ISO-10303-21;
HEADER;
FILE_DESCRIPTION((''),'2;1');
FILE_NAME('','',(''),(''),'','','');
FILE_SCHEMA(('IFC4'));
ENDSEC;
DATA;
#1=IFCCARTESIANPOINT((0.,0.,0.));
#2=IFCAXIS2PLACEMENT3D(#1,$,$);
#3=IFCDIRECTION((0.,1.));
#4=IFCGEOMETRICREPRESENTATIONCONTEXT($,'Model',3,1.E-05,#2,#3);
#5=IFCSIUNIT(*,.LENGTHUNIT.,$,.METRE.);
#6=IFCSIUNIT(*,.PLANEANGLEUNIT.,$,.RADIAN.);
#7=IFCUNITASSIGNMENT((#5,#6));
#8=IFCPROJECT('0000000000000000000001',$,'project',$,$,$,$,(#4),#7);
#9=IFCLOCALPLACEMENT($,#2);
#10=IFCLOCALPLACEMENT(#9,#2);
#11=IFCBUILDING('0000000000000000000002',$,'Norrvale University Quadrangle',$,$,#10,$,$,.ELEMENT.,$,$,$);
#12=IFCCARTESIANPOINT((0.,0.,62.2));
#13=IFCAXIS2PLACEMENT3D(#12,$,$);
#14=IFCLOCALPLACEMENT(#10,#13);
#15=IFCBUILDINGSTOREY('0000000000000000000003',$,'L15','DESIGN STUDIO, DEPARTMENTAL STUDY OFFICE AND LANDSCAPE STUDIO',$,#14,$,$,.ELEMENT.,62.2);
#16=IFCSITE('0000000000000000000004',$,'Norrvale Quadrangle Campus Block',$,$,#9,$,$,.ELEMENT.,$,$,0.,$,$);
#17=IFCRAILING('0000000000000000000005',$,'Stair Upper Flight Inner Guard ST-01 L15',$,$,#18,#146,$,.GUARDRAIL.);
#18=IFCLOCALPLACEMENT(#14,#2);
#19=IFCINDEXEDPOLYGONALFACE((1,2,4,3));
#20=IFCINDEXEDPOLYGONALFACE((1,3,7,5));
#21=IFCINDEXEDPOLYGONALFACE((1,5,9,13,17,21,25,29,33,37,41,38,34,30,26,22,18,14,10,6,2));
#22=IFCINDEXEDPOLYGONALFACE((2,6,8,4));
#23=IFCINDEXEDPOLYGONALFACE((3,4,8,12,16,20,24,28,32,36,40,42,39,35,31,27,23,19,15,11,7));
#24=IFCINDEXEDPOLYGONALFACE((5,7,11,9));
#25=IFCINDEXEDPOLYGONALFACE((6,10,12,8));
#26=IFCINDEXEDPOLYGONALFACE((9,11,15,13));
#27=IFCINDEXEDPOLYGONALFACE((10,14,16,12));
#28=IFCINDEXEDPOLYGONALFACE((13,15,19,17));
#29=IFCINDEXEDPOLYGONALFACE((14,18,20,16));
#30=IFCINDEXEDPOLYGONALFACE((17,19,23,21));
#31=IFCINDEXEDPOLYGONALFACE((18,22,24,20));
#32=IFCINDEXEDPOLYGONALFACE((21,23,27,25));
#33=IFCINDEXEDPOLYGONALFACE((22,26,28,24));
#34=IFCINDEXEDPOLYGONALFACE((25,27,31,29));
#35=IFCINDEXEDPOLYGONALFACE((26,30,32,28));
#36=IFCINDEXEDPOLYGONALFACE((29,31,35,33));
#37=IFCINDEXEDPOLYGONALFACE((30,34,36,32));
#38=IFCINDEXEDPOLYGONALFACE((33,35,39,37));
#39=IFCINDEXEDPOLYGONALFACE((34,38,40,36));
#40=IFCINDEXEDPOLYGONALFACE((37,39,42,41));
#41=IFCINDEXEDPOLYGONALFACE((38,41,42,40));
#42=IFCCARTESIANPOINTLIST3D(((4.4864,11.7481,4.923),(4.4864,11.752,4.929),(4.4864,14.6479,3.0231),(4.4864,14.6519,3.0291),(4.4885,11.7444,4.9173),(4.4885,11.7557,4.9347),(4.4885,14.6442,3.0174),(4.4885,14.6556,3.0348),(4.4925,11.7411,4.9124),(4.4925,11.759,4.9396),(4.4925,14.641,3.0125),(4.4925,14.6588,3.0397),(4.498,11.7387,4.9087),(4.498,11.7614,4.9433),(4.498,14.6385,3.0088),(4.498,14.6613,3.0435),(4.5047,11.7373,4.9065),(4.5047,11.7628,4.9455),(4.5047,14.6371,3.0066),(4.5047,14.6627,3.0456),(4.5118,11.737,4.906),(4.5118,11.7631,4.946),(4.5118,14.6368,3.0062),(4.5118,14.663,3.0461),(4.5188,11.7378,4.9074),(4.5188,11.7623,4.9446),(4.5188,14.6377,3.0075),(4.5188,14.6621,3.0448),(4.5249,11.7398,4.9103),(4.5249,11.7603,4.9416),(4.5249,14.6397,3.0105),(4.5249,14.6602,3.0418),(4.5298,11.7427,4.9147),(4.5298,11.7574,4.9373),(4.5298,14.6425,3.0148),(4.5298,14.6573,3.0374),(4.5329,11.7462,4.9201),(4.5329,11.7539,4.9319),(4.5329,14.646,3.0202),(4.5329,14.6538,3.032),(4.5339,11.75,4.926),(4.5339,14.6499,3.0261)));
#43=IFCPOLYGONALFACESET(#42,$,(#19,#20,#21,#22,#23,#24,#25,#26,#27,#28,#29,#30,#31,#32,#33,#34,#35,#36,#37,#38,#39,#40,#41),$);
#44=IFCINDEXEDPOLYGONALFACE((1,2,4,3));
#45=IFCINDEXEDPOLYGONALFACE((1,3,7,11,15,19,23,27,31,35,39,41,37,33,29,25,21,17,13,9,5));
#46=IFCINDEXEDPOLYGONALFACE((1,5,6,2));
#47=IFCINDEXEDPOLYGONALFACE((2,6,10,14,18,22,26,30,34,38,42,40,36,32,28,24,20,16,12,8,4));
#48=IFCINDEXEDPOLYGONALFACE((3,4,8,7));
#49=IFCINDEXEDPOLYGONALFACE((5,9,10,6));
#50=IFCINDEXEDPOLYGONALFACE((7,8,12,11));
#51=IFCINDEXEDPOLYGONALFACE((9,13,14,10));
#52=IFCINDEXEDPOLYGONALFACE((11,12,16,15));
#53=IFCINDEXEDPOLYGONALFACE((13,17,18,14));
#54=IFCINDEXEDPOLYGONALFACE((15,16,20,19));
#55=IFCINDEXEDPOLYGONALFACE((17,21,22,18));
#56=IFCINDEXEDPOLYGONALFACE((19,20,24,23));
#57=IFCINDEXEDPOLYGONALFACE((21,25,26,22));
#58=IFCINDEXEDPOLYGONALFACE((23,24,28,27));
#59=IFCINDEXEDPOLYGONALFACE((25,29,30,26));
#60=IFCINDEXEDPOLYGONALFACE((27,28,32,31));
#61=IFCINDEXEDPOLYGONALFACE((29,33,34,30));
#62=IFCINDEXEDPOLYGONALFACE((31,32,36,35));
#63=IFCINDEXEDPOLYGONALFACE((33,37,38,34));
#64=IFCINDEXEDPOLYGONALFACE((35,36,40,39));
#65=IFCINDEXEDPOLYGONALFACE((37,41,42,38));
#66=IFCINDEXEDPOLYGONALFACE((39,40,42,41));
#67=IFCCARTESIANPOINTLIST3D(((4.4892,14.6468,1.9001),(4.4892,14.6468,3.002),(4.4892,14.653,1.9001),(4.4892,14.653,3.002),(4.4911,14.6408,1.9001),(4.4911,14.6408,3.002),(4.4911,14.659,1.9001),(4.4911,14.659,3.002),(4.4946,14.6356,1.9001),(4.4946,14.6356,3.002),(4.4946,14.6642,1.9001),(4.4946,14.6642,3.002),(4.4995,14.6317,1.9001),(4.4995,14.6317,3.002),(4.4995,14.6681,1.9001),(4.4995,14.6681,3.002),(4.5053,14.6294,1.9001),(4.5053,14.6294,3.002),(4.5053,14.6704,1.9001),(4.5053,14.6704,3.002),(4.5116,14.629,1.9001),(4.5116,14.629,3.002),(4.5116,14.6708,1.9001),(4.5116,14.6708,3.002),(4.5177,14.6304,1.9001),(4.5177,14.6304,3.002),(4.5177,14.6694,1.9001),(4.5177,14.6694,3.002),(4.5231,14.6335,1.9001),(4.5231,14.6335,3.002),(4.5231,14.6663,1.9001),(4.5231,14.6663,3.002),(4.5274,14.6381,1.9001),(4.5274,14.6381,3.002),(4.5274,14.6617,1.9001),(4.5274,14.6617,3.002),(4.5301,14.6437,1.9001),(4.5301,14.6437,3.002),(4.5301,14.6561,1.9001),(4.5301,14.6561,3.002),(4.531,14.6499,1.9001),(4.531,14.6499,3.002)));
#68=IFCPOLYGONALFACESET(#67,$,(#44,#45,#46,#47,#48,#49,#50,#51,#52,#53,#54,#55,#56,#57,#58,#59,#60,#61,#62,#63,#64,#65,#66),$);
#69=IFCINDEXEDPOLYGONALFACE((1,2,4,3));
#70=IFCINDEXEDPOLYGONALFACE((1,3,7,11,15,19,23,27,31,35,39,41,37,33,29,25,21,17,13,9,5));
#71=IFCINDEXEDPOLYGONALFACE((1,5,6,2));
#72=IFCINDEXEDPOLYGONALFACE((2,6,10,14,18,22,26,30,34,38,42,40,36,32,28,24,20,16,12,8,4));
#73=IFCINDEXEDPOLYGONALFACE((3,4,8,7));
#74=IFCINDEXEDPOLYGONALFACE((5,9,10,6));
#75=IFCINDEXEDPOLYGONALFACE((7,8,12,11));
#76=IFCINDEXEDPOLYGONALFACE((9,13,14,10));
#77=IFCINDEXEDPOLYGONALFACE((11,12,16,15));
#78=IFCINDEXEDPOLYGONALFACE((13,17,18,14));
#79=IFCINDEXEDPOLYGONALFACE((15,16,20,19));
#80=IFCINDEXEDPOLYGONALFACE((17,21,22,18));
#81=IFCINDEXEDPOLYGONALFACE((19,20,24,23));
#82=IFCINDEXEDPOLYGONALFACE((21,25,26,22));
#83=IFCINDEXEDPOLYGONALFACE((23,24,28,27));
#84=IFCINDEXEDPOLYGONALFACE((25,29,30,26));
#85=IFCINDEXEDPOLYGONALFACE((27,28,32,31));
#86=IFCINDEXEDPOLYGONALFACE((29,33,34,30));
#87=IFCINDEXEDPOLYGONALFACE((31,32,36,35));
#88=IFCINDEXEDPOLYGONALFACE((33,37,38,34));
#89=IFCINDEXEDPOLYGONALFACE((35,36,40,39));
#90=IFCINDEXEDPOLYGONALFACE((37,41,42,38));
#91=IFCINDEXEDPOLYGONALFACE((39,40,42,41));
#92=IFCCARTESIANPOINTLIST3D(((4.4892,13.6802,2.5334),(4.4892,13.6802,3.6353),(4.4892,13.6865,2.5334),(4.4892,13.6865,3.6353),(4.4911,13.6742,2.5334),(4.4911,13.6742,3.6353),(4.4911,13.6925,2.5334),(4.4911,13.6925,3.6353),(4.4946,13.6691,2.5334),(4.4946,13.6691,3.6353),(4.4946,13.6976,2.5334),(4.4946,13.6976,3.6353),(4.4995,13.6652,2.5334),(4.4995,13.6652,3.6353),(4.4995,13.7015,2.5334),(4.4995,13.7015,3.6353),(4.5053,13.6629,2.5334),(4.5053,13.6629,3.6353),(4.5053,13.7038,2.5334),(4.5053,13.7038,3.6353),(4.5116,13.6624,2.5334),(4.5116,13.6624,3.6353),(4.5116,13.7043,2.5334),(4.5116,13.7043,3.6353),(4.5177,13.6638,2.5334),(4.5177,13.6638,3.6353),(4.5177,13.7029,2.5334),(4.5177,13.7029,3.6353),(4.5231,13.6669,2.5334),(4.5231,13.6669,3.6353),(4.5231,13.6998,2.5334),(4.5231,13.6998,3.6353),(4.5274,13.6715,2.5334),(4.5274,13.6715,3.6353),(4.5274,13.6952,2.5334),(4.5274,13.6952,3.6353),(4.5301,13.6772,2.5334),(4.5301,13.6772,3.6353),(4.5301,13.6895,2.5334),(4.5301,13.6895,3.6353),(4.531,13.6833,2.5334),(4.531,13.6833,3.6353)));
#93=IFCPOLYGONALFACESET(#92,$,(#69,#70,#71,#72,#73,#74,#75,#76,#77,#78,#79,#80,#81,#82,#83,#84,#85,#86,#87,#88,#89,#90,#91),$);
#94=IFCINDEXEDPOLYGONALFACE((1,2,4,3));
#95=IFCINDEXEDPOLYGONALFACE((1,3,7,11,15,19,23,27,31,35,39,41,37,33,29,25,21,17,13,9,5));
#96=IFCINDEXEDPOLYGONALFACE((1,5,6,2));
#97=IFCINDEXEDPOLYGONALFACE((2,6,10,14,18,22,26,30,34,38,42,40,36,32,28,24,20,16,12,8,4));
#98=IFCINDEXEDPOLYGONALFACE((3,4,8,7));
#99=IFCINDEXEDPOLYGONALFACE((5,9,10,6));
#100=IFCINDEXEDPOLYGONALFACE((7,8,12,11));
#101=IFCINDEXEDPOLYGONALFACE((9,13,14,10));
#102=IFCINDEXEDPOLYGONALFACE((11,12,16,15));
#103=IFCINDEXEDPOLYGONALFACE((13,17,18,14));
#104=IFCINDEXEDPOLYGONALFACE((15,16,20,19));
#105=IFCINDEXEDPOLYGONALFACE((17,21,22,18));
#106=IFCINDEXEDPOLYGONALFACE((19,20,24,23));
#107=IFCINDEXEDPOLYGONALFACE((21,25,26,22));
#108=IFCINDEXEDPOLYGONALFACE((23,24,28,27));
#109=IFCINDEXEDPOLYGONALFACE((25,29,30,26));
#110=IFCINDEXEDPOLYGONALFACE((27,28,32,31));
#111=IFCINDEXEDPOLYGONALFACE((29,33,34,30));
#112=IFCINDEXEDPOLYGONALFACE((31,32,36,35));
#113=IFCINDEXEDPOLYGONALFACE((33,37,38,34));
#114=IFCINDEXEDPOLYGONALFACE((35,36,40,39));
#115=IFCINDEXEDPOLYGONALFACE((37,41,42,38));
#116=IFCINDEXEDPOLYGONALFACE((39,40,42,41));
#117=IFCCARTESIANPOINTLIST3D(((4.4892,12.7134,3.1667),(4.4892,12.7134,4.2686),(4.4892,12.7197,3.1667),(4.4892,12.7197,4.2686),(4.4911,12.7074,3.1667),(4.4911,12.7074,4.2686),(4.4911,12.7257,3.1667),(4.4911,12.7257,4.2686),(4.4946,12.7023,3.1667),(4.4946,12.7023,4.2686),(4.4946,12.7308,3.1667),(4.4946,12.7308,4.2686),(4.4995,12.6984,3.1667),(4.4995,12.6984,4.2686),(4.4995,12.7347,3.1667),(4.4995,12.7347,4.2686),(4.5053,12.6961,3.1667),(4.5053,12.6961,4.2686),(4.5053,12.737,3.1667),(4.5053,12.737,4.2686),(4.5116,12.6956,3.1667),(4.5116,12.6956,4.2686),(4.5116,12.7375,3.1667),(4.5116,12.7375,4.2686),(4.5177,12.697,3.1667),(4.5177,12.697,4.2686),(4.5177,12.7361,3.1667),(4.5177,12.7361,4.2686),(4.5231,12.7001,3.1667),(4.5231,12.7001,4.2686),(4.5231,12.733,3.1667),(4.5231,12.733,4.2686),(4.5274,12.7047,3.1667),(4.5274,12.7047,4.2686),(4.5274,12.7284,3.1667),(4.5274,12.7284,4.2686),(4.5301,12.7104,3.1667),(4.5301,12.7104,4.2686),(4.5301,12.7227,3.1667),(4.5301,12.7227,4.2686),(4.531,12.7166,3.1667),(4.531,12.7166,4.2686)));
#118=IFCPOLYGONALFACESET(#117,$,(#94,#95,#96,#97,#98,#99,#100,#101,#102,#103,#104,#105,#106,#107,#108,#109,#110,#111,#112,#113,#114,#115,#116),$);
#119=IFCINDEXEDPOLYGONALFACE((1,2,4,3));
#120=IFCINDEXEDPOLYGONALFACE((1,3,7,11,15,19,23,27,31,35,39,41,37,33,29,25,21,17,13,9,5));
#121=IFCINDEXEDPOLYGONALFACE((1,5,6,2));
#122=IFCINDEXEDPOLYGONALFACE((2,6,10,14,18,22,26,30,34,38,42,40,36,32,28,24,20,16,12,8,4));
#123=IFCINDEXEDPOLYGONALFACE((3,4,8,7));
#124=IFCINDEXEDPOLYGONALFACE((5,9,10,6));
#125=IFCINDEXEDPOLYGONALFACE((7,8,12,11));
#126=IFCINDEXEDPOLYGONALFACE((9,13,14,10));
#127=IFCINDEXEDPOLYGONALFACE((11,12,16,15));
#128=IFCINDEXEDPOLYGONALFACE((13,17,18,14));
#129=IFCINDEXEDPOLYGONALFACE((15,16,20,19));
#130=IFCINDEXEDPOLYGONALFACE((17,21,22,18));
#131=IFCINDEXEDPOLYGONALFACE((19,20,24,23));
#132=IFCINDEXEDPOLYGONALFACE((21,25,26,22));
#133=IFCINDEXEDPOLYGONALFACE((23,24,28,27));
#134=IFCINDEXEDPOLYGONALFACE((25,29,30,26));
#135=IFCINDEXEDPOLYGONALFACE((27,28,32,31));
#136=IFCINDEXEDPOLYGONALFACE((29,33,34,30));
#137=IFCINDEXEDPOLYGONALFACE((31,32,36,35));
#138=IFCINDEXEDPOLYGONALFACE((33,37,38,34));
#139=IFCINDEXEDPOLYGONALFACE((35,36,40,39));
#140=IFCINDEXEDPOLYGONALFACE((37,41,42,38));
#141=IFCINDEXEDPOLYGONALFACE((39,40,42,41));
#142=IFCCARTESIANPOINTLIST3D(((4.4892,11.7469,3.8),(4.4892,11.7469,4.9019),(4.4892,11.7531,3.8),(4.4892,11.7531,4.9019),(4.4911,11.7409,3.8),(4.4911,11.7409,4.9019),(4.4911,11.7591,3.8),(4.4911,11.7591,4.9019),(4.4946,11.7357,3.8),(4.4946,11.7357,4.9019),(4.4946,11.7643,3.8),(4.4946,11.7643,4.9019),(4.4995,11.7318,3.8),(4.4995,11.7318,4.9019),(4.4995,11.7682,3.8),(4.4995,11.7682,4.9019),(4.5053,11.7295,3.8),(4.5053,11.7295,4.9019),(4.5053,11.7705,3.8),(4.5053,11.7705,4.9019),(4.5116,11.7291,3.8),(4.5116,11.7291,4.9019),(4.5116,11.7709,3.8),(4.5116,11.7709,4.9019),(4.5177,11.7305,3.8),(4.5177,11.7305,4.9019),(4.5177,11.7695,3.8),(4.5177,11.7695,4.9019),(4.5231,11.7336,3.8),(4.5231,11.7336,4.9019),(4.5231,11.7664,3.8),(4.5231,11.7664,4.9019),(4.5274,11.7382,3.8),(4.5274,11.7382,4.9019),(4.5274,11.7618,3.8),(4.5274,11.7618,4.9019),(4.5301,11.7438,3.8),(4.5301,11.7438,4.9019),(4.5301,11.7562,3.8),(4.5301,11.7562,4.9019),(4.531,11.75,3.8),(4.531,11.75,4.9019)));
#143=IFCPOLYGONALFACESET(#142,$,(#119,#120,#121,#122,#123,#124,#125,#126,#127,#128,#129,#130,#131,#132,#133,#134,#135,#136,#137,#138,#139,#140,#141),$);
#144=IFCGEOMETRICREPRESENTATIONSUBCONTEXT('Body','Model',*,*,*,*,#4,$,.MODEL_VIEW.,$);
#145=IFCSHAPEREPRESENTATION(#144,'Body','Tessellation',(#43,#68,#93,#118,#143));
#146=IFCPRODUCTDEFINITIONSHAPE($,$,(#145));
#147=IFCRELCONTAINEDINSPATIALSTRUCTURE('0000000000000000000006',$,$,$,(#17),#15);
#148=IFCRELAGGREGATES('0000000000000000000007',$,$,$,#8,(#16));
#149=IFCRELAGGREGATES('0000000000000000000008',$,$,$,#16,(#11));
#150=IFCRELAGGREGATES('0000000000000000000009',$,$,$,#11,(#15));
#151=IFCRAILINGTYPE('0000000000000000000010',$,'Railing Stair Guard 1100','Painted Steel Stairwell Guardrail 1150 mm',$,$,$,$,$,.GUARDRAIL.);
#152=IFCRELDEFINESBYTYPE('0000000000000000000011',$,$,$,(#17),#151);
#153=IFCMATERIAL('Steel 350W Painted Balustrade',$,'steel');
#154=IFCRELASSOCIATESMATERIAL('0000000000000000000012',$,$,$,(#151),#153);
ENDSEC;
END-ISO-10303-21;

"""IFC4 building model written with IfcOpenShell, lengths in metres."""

from ifc_helpers import new_model, si_unit, direction, frame, origin, origin_2d, place, context, subcontext, project, spatial, circle, extrude, material, type_object, element, save


model = new_model("IFC4")

# Units and contexts
model_context = context("Model", 3, precision=1e-05, world=origin(), true_north=direction((0.0, 1.0)))
body_context = subcontext(model_context, "Body", "Model", "MODEL_VIEW")
ifc_project = project(units=[si_unit("LENGTHUNIT", "METRE"), si_unit("PLANEANGLEUNIT", "RADIAN")], contexts=[model_context])

# Site, building, storey
site_placement = place(None, origin())
site = spatial("IfcSite", under=ifc_project, at=site_placement, Name="Norrvale Quadrangle Campus Block", CompositionType="ELEMENT", RefElevation=0.0)
building_placement = place(site_placement, origin())
building = spatial("IfcBuilding", under=site, at=building_placement, Name="Norrvale University Quadrangle", CompositionType="ELEMENT")
storey_placement = place(building_placement, frame((0.0, 0.0, 62.2)))
storey = spatial("IfcBuildingStorey", under=building, at=storey_placement, Name="L15", Description="DESIGN STUDIO, DEPARTMENTAL STUDY OFFICE AND LANDSCAPE STUDIO", CompositionType="ELEMENT", Elevation=62.2)

# Railing
ifc_material_1 = material(Name="Steel 350W Painted Balustrade", Category="steel")
railing_type_1 = type_object("IfcRailingType", Name="Railing Stair Guard 1100", Description="Painted Steel Stairwell Guardrail 1150 mm", PredefinedType="GUARDRAIL", material=ifc_material_1)
railing_1_placement = place(storey_placement, frame((4.51, 14.6499, 1.9001)))
element("IfcRailing", 1, at=railing_1_placement, inside=storey, type_object=railing_type_1, Name="Stair Upper Flight Inner Guard ST-01 L15", PredefinedType="GUARDRAIL", context=body_context, shape_type="SweptSolid", body=[
    extrude(circle(Radius=0.0239, at=origin_2d()), frame((0.0, 0.0, 1.126), z_axis=(0.0, -0.836466, 0.548019), x_axis=(1.0, 0.0, 0.0)), (0.0, 0.0, 1.0), 3.4668),
    extrude(circle(Radius=0.021, at=origin_2d()), origin(), (0.0, 0.0, 1.0), 1.1018),
    extrude(circle(Radius=0.021, at=origin_2d()), frame((0.0, -0.9666, 0.6333)), (0.0, 0.0, 1.0), 1.1018),
    extrude(circle(Radius=0.021, at=origin_2d()), frame((0.0, -1.9333, 1.2666)), (0.0, 0.0, 1.0), 1.1018),
    extrude(circle(Radius=0.021, at=origin_2d()), frame((0.0, -2.8999, 1.8999)), (0.0, 0.0, 1.0), 1.1018),
])

save(model, "model.ifc")
